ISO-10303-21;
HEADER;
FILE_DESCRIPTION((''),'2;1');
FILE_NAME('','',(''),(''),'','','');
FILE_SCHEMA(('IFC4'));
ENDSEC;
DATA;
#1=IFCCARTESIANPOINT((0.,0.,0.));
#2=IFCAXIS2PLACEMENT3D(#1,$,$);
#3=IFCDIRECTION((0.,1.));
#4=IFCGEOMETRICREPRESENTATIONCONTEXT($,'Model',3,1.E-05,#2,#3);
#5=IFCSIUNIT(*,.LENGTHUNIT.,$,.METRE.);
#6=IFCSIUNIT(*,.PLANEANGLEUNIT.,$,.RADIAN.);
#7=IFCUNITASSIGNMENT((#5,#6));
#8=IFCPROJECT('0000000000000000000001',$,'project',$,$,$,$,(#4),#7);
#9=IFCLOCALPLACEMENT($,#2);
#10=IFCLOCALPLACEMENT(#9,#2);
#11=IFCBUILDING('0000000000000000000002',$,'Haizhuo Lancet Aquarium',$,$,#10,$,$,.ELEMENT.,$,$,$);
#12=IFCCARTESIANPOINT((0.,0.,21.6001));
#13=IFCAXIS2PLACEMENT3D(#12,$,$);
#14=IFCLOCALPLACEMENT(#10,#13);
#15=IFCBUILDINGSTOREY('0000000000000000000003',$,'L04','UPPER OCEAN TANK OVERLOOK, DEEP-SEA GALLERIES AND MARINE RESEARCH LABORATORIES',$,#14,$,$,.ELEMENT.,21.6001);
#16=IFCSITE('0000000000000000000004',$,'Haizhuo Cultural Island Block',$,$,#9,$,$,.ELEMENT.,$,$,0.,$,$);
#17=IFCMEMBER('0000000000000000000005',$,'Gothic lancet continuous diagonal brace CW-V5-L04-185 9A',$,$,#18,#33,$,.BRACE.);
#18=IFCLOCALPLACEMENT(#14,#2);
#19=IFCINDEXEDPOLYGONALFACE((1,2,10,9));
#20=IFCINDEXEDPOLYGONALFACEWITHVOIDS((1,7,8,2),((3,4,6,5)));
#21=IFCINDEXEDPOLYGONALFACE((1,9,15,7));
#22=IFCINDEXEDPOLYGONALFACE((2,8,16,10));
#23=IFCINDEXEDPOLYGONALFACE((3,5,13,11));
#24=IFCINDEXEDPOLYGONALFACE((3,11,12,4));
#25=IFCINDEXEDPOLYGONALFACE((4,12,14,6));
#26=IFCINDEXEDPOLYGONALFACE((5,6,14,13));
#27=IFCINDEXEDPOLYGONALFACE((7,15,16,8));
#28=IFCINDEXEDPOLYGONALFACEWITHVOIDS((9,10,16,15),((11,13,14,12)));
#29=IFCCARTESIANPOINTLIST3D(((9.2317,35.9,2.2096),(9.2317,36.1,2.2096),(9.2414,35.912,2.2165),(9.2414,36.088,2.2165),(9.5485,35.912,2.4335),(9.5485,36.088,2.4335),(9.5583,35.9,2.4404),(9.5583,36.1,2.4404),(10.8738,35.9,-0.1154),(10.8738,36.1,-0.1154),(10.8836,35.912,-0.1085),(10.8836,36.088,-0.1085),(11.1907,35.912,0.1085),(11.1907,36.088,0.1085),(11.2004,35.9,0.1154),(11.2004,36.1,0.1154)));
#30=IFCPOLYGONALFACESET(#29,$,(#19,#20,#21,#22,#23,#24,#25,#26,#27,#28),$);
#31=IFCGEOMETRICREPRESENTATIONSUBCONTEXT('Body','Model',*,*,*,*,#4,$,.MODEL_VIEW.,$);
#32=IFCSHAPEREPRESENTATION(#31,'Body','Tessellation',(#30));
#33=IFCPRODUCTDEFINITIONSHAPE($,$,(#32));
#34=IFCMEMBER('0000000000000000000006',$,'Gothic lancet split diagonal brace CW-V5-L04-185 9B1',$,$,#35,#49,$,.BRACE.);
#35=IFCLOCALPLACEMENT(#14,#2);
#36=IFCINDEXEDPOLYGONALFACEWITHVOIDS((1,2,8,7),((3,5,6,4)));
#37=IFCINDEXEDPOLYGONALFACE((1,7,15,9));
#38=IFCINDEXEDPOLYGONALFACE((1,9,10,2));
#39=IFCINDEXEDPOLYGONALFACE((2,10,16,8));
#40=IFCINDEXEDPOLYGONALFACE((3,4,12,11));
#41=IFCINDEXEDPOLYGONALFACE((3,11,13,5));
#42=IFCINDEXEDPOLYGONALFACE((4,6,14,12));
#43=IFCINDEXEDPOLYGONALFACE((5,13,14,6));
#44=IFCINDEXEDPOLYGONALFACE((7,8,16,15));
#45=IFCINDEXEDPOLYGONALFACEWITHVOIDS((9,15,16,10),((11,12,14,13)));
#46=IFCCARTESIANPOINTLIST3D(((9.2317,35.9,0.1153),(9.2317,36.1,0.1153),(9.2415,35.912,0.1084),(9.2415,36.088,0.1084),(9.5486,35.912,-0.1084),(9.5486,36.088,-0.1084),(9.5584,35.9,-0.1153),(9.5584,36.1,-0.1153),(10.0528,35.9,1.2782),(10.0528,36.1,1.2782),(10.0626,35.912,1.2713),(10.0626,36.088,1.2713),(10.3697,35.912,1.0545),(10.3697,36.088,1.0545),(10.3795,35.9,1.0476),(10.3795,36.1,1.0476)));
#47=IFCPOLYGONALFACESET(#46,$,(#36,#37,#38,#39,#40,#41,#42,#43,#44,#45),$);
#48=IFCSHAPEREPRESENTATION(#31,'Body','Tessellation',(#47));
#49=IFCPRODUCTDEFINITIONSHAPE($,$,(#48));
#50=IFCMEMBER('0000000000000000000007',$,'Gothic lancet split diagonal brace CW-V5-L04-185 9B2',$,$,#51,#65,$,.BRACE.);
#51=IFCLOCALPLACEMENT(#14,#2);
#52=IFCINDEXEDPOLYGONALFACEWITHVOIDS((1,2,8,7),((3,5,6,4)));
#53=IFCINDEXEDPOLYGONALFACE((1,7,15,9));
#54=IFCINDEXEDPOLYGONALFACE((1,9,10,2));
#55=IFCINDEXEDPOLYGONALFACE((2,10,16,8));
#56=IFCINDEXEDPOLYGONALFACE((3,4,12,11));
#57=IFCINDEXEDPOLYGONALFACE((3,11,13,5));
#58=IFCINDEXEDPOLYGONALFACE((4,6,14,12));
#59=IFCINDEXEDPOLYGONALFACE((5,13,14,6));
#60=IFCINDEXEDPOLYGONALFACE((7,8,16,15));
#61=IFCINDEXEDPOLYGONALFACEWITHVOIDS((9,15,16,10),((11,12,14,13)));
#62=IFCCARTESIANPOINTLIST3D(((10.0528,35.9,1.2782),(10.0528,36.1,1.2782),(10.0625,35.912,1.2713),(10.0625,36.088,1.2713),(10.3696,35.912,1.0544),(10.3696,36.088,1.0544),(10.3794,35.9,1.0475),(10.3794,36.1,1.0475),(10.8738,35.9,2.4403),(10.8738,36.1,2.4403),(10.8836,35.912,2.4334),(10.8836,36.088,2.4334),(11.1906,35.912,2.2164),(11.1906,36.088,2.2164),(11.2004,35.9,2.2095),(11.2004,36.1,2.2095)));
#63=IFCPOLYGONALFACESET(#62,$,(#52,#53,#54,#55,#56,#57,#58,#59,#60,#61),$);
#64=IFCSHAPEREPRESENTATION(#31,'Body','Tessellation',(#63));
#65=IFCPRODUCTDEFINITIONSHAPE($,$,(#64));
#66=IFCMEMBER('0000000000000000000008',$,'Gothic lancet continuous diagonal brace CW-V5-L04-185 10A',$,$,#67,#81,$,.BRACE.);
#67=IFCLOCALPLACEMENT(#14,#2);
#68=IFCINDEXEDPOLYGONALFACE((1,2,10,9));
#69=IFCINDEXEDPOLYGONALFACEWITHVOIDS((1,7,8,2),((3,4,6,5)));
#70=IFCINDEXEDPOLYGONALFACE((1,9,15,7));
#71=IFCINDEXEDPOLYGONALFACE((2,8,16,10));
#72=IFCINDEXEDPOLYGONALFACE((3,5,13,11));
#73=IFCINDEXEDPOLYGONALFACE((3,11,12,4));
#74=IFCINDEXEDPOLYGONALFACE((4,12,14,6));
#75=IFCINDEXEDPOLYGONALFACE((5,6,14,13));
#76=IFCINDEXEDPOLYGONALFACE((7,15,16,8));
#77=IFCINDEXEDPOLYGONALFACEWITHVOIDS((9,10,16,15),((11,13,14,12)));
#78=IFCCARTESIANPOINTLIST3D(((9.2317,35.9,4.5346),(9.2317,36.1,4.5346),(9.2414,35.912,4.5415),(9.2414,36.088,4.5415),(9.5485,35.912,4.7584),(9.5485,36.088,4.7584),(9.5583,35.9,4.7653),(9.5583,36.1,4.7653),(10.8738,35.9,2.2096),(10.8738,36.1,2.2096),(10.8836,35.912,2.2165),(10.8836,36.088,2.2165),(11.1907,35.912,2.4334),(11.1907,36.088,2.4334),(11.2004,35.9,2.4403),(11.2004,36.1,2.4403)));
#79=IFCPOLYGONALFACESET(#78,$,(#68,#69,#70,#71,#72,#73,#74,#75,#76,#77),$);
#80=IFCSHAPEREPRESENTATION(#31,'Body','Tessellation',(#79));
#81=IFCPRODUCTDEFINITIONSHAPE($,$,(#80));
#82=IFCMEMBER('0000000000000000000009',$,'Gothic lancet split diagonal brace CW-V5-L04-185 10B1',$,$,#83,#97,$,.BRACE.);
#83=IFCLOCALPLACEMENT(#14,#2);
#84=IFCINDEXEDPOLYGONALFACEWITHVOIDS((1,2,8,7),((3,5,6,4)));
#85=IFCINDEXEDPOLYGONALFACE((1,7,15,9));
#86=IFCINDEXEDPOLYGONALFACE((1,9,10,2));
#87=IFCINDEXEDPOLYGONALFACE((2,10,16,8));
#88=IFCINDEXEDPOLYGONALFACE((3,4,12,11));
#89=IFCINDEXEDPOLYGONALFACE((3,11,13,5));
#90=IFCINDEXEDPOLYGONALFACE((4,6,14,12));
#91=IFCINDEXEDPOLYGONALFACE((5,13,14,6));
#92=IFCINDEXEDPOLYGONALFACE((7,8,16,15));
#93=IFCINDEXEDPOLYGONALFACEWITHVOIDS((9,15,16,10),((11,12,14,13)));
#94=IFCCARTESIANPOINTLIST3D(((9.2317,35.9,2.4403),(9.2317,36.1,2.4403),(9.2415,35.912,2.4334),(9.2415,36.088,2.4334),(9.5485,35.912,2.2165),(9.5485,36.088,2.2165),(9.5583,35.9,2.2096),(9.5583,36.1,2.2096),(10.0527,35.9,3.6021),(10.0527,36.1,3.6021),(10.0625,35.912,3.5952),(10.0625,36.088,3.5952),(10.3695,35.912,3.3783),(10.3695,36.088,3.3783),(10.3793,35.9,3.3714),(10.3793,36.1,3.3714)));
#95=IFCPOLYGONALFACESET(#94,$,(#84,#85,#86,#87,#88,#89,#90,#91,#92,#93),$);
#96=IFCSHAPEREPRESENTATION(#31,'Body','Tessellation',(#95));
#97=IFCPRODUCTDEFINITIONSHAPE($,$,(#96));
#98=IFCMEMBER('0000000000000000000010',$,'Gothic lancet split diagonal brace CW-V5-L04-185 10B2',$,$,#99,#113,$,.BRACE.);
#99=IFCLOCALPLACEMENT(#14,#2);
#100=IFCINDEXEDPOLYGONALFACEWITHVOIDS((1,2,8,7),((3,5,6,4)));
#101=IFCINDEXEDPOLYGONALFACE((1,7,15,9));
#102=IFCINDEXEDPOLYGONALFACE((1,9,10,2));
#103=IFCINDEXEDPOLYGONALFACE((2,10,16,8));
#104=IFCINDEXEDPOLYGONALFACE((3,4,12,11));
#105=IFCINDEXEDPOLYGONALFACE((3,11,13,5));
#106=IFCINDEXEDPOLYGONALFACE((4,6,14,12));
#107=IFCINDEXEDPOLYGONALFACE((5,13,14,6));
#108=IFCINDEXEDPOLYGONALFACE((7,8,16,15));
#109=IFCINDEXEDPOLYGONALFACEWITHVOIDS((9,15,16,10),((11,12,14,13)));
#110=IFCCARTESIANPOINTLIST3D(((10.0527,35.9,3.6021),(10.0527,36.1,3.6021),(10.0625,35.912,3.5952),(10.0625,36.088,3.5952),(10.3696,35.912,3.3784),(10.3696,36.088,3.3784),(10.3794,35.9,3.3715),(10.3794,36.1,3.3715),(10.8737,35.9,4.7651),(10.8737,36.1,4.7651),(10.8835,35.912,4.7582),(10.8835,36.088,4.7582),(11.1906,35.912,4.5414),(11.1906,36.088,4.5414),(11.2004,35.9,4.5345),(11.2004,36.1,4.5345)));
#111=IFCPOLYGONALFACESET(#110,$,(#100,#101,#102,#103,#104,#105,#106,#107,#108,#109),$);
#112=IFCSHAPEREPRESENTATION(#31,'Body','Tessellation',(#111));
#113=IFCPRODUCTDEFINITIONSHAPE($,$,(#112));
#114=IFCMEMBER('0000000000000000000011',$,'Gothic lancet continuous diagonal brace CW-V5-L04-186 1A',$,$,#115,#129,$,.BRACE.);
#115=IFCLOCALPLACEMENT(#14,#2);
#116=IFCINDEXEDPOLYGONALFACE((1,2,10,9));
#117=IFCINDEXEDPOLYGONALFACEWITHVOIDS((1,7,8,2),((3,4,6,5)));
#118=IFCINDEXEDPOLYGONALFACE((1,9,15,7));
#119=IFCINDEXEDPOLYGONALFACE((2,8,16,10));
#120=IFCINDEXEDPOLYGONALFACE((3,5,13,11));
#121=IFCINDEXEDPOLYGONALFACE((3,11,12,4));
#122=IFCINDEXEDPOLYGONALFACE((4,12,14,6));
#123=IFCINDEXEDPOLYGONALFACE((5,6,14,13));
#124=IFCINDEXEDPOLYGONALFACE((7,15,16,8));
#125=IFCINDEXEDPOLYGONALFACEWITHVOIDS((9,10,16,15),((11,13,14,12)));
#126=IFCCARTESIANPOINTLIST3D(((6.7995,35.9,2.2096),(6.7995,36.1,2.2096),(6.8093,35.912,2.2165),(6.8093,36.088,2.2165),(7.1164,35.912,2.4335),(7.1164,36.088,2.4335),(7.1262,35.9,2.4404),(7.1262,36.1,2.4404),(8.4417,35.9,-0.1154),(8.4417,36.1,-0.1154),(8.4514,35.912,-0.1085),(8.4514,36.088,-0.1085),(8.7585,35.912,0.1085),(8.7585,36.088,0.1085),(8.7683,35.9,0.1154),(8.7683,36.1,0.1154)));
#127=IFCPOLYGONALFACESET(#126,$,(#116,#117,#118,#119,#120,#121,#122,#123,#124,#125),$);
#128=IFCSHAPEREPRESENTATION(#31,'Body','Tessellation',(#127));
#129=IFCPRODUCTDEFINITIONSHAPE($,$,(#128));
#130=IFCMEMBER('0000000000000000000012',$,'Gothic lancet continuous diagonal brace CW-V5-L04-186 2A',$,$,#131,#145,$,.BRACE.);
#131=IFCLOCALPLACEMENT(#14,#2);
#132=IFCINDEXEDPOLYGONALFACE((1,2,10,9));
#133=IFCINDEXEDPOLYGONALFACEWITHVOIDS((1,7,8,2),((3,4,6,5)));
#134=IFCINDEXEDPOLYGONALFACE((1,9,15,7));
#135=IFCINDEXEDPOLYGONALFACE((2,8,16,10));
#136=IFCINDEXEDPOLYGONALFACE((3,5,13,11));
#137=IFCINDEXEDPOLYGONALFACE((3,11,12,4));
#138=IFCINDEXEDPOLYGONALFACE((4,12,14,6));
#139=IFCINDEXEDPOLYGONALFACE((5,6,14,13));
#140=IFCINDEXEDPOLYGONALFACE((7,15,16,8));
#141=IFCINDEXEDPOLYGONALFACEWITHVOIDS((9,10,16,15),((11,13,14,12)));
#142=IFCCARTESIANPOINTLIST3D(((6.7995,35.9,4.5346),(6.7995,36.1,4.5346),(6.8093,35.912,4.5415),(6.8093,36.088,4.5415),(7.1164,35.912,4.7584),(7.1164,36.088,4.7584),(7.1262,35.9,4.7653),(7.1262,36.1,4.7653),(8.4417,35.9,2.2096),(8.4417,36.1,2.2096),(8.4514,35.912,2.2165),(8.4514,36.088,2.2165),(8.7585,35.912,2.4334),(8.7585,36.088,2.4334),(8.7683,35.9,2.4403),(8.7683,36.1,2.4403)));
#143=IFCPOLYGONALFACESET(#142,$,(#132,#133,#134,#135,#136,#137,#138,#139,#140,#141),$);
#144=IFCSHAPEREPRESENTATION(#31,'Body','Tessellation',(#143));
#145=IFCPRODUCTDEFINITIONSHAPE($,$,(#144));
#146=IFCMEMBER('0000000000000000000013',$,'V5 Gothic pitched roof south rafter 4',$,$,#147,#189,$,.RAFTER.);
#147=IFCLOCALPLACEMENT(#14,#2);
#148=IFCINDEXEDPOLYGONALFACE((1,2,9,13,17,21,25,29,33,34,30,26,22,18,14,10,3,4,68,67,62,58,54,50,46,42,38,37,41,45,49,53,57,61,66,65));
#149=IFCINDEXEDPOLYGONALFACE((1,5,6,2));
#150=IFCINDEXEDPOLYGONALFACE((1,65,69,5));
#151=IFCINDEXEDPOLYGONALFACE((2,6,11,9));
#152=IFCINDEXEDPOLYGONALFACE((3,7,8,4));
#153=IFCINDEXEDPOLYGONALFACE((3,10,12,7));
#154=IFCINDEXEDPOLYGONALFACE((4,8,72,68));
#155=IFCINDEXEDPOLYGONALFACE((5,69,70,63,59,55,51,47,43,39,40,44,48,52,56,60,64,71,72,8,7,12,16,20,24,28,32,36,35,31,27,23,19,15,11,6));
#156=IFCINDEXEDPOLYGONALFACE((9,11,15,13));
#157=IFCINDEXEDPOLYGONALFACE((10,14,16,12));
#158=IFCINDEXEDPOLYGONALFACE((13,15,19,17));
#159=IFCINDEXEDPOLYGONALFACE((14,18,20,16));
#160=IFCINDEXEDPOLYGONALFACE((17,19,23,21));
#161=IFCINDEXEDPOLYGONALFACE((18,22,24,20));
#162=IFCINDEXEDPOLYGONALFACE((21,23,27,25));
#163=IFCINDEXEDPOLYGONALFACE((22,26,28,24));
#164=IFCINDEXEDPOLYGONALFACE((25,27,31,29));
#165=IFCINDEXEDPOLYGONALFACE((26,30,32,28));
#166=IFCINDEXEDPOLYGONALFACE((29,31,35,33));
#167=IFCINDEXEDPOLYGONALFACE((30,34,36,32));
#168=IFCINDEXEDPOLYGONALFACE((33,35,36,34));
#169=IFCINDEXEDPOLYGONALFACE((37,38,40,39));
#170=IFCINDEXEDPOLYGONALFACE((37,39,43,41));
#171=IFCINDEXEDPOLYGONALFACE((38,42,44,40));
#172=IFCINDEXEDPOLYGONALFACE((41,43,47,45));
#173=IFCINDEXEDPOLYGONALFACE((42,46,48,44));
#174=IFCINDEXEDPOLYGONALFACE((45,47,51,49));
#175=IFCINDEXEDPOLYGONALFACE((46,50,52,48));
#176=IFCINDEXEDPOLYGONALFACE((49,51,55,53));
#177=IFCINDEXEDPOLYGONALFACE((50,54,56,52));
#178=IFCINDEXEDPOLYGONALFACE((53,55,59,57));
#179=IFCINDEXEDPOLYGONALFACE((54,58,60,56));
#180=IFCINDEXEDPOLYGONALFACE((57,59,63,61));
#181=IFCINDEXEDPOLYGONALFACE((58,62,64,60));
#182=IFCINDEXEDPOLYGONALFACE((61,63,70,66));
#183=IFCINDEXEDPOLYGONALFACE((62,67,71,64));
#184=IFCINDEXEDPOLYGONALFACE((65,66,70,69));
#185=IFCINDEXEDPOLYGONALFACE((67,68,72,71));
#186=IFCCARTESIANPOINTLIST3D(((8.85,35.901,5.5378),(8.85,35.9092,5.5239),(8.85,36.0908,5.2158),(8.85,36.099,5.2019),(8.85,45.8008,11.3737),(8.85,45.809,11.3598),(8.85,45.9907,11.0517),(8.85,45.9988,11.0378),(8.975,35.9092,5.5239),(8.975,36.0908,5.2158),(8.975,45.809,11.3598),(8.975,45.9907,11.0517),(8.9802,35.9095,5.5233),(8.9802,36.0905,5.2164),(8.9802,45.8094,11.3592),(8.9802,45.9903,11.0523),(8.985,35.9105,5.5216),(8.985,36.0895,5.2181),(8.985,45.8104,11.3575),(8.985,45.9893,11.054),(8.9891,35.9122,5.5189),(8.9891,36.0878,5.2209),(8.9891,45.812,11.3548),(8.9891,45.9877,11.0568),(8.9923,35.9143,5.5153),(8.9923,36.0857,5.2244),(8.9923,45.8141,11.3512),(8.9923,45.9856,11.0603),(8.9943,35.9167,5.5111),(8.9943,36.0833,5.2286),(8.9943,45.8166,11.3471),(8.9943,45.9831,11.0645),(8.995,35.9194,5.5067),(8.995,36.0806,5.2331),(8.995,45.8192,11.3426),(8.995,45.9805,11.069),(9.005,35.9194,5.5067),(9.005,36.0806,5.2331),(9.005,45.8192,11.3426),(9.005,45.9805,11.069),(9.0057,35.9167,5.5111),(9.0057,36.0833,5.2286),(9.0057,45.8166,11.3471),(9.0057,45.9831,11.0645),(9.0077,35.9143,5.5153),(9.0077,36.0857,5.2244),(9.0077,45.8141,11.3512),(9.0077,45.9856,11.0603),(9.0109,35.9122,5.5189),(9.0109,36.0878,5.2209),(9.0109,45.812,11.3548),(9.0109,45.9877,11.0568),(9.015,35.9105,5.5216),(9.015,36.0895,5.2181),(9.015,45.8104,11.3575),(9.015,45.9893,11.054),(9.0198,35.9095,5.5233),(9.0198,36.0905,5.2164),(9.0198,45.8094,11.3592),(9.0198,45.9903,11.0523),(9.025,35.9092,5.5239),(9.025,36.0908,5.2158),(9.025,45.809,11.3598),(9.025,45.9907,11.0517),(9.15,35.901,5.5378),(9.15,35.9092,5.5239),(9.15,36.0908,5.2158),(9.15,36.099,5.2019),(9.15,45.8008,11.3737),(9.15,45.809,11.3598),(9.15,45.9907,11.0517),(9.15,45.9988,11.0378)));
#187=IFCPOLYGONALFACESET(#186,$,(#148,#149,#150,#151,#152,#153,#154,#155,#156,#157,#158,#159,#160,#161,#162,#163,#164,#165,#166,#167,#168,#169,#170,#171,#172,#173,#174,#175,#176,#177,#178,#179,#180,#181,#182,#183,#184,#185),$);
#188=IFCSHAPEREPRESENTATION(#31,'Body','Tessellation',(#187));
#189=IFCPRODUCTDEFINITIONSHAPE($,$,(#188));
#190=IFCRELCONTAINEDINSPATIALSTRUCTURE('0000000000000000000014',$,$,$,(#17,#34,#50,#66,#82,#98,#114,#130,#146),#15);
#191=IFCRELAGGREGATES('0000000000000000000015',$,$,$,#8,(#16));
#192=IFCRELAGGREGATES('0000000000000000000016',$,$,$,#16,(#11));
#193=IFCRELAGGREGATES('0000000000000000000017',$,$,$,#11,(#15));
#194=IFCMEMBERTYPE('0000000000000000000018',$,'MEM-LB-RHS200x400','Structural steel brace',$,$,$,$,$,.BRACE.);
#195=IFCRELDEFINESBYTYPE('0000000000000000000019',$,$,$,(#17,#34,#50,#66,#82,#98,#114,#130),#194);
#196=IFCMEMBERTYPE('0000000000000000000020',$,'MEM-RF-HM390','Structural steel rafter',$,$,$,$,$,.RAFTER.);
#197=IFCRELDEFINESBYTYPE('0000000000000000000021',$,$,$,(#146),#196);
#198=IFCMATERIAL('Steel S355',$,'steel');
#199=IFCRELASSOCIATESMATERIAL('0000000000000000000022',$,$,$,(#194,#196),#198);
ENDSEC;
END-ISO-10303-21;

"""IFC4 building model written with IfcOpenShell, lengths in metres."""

from ifc_helpers import new_model, si_unit, direction, frame, origin, origin_2d, place, context, subcontext, project, spatial, hollow_rectangle, i_section, extrude, material, material_profile, profile_set, type_object, element, save


model = new_model("IFC4")

# Units and contexts
model_context = context("Model", 3, precision=1e-05, world=origin(), true_north=direction((0.0, 1.0)))
body_context = subcontext(model_context, "Body", "Model", "MODEL_VIEW")
ifc_project = project(units=[si_unit("LENGTHUNIT", "METRE"), si_unit("PLANEANGLEUNIT", "RADIAN")], contexts=[model_context])

# Site, building, storey
site_placement = place(None, origin())
site = spatial("IfcSite", under=ifc_project, at=site_placement, Name="Haizhuo Cultural Island Block", CompositionType="ELEMENT", RefElevation=0.0)
building_placement = place(site_placement, origin())
building = spatial("IfcBuilding", under=site, at=building_placement, Name="Haizhuo Lancet Aquarium", CompositionType="ELEMENT")
storey_placement = place(building_placement, frame((0.0, 0.0, 21.6001)))
storey = spatial("IfcBuildingStorey", under=building, at=storey_placement, Name="L04", Description="UPPER OCEAN TANK OVERLOOK, DEEP-SEA GALLERIES AND MARINE RESEARCH LABORATORIES", CompositionType="ELEMENT", Elevation=21.6001)

# Members
ifc_material_1 = material(Name="Steel S355", Category="steel")
ifc_material_profile_1 = material_profile(ifc_material_1, hollow_rectangle(XDim=0.2, YDim=0.3999, WallThickness=0.012, at=origin_2d()), Name="RHS 200x400x12")
ifc_profile_set_1 = profile_set([ifc_material_profile_1], Name="Steel S355")
member_type_1 = type_object("IfcMemberType", Name="MEM-LB-RHS200x400", Description="Structural steel brace", PredefinedType="BRACE", material=ifc_profile_set_1)
member_1_placement = place(storey_placement, frame((11.0371, 36.0, 0.0), z_axis=(-0.576905, 0.0, 0.816811), x_axis=(0.0, -1.0, 0.0)))
element("IfcMember", 1, at=member_1_placement, inside=storey, type_object=member_type_1, Name="Gothic lancet continuous diagonal brace CW-V5-L04-185 9A", PredefinedType="BRACE", context=body_context, shape_type="SweptSolid", body=[
    extrude(hollow_rectangle(XDim=0.2, YDim=0.3999, WallThickness=0.012, at=origin_2d()), origin(), (0.0, 0.0, 1.0), 2.8464),
])
member_2_placement = place(storey_placement, frame((9.395, 36.0, 0.0), z_axis=(0.576784, 0.0, 0.816897), x_axis=(0.0, 1.0, 0.0)))
element("IfcMember", 2, at=member_2_placement, inside=storey, type_object=member_type_1, Name="Gothic lancet split diagonal brace CW-V5-L04-185 9B1", PredefinedType="BRACE", context=body_context, shape_type="SweptSolid", body=[
    extrude(hollow_rectangle(XDim=0.2, YDim=0.3999, WallThickness=0.012, at=origin_2d()), origin(), (0.0, 0.0, 1.0), 1.4236),
])
member_3_placement = place(storey_placement, frame((10.2161, 36.0, 1.1628), z_axis=(0.577027, 0.0, 0.816725), x_axis=(0.0, 1.0, 0.0)))
element("IfcMember", 3, at=member_3_placement, inside=storey, type_object=member_type_1, Name="Gothic lancet split diagonal brace CW-V5-L04-185 9B2", PredefinedType="BRACE", context=body_context, shape_type="SweptSolid", body=[
    extrude(hollow_rectangle(XDim=0.2, YDim=0.3999, WallThickness=0.012, at=origin_2d()), origin(), (0.0, 0.0, 1.0), 1.4229),
])
member_4_placement = place(storey_placement, frame((11.0371, 36.0, 2.325), z_axis=(-0.576905, 0.0, 0.816811), x_axis=(0.0, -1.0, 0.0)))
element("IfcMember", 4, at=member_4_placement, inside=storey, type_object=member_type_1, Name="Gothic lancet continuous diagonal brace CW-V5-L04-185 10A", PredefinedType="BRACE", context=body_context, shape_type="SweptSolid", body=[
    extrude(hollow_rectangle(XDim=0.2, YDim=0.3999, WallThickness=0.012, at=origin_2d()), origin(), (0.0, 0.0, 1.0), 2.8464),
])
member_5_placement = place(storey_placement, frame((9.395, 36.0, 2.325), z_axis=(0.577108, 0.0, 0.816668), x_axis=(0.0, 1.0, 0.0)))
element("IfcMember", 5, at=member_5_placement, inside=storey, type_object=member_type_1, Name="Gothic lancet split diagonal brace CW-V5-L04-185 10B1", PredefinedType="BRACE", context=body_context, shape_type="SweptSolid", body=[
    extrude(hollow_rectangle(XDim=0.2, YDim=0.3999, WallThickness=0.012, at=origin_2d()), origin(), (0.0, 0.0, 1.0), 1.4226),
])
member_6_placement = place(storey_placement, frame((10.2161, 36.0, 3.4868), z_axis=(0.576703, 0.0, 0.816954), x_axis=(0.0, 1.0, 0.0)))
element("IfcMember", 6, at=member_6_placement, inside=storey, type_object=member_type_1, Name="Gothic lancet split diagonal brace CW-V5-L04-185 10B2", PredefinedType="BRACE", context=body_context, shape_type="SweptSolid", body=[
    extrude(hollow_rectangle(XDim=0.2, YDim=0.3999, WallThickness=0.012, at=origin_2d()), origin(), (0.0, 0.0, 1.0), 1.4236),
])
for number, where, z_axis, x_axis, name in (
    (7, (8.605, 36.0, 0.0), (-0.576905, 0.0, 0.816811), (0.0, -1.0, 0.0), "Gothic lancet continuous diagonal brace CW-V5-L04-186 1A"),
    (8, (8.605, 36.0, 2.325), (-0.576905, 0.0, 0.816811), (0.0, -1.0, 0.0), "Gothic lancet continuous diagonal brace CW-V5-L04-186 2A"),
):
    element("IfcMember", number, at=place(storey_placement, frame(where, z_axis=z_axis, x_axis=x_axis)), inside=storey, type_object=member_type_1, Name=name, PredefinedType="BRACE", context=body_context, shape_type="SweptSolid", body=[
        extrude(hollow_rectangle(XDim=0.2, YDim=0.3999, WallThickness=0.012, at=origin_2d()), origin(), (0.0, 0.0, 1.0), 2.8464),
    ])
ifc_material_profile_2 = material_profile(ifc_material_1, i_section(OverallWidth=0.3, OverallDepth=0.3899, WebThickness=0.01, FlangeThickness=0.0161, FilletRadius=0.02, at=origin_2d()), Name="HM 390x300x10x16")
ifc_profile_set_2 = profile_set([ifc_material_profile_2], Name="Steel S355")
member_type_2 = type_object("IfcMemberType", Name="MEM-RF-HM390", Description="Structural steel rafter", PredefinedType="RAFTER", material=ifc_profile_set_2)
member_7_placement = place(storey_placement, frame((9.0, 36.0, 5.3699), z_axis=(0.0, 0.86146, 0.507826), x_axis=(-1.0, 0.0, 0.0)))
element("IfcMember", 9, at=member_7_placement, inside=storey, type_object=member_type_2, Name="V5 Gothic pitched roof south rafter 4", PredefinedType="RAFTER", context=body_context, shape_type="SweptSolid", body=[
    extrude(i_section(OverallWidth=0.3, OverallDepth=0.3899, WebThickness=0.01, FlangeThickness=0.0161, FilletRadius=0.02, at=origin_2d()), origin(), (0.0, 0.0, 1.0), 11.4919),
])

save(model, "model.ifc")
